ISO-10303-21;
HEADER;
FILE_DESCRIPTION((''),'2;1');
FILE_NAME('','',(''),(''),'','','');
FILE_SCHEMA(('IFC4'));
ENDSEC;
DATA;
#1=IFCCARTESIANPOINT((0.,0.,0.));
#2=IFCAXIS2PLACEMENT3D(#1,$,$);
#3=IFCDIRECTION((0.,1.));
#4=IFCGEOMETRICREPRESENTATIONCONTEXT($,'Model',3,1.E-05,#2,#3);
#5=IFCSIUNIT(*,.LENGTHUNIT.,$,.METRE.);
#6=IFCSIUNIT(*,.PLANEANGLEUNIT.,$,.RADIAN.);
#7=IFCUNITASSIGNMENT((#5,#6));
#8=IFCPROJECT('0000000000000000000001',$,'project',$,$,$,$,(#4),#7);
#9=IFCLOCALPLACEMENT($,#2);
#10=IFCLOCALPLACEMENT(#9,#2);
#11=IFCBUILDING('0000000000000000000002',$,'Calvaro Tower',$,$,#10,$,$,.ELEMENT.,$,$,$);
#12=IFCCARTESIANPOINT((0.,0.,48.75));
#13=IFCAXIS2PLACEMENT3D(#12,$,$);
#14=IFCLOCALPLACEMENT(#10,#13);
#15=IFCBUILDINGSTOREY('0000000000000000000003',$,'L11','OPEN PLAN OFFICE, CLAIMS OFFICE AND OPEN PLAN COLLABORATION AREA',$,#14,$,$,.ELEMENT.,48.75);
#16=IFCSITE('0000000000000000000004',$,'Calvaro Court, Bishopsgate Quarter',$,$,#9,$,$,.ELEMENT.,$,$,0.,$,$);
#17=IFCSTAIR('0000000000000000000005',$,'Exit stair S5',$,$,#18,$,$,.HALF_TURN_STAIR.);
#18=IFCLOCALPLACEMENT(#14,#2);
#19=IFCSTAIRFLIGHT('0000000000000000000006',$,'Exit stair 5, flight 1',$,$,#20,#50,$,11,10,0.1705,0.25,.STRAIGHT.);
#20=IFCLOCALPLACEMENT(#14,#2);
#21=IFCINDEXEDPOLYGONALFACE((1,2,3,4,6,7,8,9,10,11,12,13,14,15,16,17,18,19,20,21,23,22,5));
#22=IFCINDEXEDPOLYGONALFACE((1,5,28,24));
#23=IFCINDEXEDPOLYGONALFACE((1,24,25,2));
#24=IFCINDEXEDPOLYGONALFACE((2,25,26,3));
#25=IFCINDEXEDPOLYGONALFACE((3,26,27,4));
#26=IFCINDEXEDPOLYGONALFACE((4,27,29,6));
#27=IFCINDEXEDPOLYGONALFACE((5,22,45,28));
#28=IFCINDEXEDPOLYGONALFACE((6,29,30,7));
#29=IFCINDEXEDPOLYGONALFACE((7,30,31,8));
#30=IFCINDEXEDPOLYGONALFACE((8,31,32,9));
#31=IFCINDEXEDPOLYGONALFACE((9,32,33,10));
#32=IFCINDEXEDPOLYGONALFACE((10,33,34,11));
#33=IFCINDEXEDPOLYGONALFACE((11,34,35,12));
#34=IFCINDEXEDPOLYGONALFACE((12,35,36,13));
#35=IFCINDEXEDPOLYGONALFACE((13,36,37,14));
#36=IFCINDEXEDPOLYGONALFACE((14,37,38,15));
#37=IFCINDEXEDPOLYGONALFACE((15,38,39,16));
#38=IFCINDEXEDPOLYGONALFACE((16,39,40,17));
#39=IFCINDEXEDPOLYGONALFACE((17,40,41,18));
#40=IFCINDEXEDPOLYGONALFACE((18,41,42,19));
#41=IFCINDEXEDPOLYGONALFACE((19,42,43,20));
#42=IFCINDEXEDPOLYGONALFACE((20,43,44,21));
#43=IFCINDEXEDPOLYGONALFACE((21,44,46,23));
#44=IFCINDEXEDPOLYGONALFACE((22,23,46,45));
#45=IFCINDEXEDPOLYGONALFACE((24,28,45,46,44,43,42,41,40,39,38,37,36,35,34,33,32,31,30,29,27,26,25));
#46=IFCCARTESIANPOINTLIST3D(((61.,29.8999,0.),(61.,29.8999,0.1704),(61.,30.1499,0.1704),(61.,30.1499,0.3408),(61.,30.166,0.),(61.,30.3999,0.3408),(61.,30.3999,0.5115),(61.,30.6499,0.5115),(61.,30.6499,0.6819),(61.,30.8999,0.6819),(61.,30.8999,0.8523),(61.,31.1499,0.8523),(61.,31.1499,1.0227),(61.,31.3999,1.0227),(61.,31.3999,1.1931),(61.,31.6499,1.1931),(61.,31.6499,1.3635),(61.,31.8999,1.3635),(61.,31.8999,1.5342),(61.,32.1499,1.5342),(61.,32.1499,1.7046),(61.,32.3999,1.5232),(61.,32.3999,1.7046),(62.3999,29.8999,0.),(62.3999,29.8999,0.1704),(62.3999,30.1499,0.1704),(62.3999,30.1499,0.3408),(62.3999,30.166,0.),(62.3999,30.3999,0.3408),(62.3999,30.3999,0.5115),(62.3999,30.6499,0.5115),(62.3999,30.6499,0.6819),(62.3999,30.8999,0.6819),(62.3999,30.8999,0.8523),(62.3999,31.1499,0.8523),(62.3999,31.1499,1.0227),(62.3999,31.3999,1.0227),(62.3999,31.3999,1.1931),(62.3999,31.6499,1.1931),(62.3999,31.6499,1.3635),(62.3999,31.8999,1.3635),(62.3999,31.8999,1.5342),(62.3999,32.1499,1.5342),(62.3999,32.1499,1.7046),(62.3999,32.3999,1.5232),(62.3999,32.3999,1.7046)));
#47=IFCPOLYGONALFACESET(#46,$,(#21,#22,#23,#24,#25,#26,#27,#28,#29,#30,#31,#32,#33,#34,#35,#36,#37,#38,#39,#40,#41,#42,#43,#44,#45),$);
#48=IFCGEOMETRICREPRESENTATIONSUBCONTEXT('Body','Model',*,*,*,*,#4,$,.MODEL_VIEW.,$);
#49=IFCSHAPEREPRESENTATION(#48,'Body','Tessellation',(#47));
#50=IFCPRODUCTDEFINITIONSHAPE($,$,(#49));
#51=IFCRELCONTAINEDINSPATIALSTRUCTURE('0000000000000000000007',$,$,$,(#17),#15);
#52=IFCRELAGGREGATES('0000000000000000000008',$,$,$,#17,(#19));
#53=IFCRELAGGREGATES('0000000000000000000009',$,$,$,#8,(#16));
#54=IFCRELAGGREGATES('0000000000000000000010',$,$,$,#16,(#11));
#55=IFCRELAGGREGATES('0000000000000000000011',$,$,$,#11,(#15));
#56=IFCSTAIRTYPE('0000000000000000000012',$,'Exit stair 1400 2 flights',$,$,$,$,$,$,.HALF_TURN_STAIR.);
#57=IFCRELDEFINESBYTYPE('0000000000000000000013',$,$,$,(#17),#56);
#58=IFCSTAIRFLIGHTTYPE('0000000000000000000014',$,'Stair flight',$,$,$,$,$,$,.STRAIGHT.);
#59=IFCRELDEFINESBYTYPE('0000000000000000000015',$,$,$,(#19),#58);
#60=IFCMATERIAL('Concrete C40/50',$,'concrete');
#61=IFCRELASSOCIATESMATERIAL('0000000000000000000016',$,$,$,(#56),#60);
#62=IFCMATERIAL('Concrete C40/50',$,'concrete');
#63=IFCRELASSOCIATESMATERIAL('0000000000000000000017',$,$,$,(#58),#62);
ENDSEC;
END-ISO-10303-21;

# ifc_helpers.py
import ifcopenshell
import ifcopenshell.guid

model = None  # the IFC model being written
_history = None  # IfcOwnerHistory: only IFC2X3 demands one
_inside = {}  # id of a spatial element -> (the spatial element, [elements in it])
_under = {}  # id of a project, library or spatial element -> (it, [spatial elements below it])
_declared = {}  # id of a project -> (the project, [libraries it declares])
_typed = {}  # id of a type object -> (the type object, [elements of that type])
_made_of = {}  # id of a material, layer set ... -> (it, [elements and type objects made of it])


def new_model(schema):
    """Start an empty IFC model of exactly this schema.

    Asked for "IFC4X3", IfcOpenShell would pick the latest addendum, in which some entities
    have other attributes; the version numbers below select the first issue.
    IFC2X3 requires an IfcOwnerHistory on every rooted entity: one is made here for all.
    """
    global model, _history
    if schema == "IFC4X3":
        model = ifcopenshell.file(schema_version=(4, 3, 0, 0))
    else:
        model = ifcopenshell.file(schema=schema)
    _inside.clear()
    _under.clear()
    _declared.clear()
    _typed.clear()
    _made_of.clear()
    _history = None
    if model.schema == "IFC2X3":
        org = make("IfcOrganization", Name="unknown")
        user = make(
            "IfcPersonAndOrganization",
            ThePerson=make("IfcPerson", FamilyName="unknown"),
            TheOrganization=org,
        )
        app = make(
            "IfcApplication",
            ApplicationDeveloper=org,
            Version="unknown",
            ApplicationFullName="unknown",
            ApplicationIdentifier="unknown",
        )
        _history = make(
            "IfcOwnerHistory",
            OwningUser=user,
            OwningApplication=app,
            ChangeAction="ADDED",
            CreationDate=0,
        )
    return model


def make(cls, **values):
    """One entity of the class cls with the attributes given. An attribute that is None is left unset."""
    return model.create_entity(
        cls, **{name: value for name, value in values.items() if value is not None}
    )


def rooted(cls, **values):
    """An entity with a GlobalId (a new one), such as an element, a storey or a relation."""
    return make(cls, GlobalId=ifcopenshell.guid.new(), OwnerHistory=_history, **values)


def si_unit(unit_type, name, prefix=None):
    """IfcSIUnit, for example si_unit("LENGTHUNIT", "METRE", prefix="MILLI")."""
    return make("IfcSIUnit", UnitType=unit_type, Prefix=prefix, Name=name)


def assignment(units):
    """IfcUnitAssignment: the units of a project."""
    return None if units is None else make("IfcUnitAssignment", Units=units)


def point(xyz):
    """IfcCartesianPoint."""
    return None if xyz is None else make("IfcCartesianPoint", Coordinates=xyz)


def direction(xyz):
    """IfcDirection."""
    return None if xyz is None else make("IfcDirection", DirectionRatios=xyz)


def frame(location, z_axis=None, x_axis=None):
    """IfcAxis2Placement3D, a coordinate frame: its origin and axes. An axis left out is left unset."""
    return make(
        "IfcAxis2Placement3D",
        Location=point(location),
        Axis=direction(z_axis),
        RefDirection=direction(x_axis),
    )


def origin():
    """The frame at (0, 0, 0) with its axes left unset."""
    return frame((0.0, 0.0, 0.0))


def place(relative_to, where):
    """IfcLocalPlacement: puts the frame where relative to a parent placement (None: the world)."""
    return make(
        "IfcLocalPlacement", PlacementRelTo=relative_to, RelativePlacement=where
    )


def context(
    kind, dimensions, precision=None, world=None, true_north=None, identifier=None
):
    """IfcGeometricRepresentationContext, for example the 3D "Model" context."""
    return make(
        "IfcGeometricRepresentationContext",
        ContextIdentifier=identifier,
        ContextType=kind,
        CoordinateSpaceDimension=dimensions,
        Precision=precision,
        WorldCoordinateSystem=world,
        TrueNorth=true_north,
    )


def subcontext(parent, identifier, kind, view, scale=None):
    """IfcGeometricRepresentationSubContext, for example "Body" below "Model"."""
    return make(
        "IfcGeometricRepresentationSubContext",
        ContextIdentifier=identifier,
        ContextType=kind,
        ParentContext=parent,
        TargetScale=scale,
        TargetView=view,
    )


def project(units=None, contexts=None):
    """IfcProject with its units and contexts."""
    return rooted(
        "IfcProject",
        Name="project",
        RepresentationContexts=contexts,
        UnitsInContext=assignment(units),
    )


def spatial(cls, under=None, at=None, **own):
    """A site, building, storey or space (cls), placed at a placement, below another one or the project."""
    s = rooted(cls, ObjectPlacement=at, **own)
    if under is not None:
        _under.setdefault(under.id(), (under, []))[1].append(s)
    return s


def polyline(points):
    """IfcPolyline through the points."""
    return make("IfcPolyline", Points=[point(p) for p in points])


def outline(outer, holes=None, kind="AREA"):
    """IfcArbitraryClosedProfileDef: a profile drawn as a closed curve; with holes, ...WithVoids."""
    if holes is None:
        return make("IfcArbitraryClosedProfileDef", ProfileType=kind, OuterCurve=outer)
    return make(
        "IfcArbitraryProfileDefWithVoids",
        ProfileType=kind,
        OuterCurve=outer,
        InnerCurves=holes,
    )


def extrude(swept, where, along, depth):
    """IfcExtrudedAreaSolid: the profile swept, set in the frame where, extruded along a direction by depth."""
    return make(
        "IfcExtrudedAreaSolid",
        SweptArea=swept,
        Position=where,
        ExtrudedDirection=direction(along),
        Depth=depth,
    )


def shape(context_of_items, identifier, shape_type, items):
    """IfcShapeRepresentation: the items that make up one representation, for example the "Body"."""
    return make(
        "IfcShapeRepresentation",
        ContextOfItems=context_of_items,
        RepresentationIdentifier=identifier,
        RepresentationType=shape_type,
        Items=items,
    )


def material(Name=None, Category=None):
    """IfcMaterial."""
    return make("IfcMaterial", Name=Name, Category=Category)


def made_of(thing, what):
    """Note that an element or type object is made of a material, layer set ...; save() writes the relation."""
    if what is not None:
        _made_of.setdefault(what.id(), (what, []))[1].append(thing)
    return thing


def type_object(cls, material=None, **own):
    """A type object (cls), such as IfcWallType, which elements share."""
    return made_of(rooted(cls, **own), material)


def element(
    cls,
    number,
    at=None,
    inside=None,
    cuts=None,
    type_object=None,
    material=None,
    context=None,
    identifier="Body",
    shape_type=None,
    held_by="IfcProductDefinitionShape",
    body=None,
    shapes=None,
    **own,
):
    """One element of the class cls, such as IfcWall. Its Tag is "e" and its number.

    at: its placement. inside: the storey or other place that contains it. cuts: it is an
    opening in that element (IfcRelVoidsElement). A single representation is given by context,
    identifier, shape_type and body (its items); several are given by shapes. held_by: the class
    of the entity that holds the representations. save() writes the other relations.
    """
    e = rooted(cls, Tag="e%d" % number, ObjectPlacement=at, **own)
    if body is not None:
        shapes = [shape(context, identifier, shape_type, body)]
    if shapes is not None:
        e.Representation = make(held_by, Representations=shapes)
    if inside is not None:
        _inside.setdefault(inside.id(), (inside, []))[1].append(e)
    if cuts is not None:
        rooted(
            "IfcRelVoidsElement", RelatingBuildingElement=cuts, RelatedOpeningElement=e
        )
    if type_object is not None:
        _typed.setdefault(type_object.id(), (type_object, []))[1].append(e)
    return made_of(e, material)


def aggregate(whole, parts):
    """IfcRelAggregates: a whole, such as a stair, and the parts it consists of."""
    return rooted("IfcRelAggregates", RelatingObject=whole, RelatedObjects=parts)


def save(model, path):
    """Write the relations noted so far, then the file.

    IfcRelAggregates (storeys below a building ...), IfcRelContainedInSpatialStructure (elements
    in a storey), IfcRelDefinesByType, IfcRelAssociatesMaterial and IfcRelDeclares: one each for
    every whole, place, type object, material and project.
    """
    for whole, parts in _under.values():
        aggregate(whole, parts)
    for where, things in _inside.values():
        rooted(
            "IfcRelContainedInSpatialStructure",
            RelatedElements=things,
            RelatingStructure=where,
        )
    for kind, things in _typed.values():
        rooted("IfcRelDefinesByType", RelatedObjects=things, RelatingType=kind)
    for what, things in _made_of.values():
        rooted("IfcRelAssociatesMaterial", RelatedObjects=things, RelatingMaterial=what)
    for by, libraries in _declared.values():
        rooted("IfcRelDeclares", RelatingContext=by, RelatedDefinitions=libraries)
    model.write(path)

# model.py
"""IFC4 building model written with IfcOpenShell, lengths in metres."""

from ifc_helpers import new_model, si_unit, direction, frame, origin, place, context, subcontext, project, spatial, polyline, outline, extrude, material, type_object, element, aggregate, save


model = new_model("IFC4")

# Units and contexts
model_context = context("Model", 3, precision=1e-05, world=origin(), true_north=direction((0.0, 1.0)))
body_context = subcontext(model_context, "Body", "Model", "MODEL_VIEW")
ifc_project = project(units=[si_unit("LENGTHUNIT", "METRE"), si_unit("PLANEANGLEUNIT", "RADIAN")], contexts=[model_context])

# Site, building, storey
site_placement = place(None, origin())
site = spatial("IfcSite", under=ifc_project, at=site_placement, Name="Calvaro Court, Bishopsgate Quarter", CompositionType="ELEMENT", RefElevation=0.0)
building_placement = place(site_placement, origin())
building = spatial("IfcBuilding", under=site, at=building_placement, Name="Calvaro Tower", CompositionType="ELEMENT")
storey_placement = place(building_placement, frame((0.0, 0.0, 48.75)))
storey = spatial("IfcBuildingStorey", under=building, at=storey_placement, Name="L11", Description="OPEN PLAN OFFICE, CLAIMS OFFICE AND OPEN PLAN COLLABORATION AREA", CompositionType="ELEMENT", Elevation=48.75)

# Stair, stair flight
ifc_material_1 = material(Name="Concrete C40/50", Category="concrete")
stair_type = type_object("IfcStairType", Name="Exit stair 1400 2 flights", PredefinedType="HALF_TURN_STAIR", material=ifc_material_1)
stair_placement = place(storey_placement, origin())
stair = element("IfcStair", 1, at=stair_placement, inside=storey, type_object=stair_type, Name="Exit stair S5", PredefinedType="HALF_TURN_STAIR")
ifc_material_2 = material(Name="Concrete C40/50", Category="concrete")
stair_flight_type = type_object("IfcStairFlightType", Name="Stair flight", PredefinedType="STRAIGHT", material=ifc_material_2)
stair_flight_placement = place(storey_placement, frame((61.7, 29.8999, 0.0), z_axis=(0.0, 0.0, 1.0), x_axis=(0.0, 1.0, 0.0)))
stair_flight = element("IfcStairFlight", 2, at=stair_flight_placement, type_object=stair_flight_type, Name="Exit stair 5, flight 1", NumberOfRisers=11, NumberOfTreads=10, PredefinedType="STRAIGHT", RiserHeight=0.1705, TreadLength=0.25, context=body_context, shape_type="SweptSolid", body=[
    extrude(outline(polyline([(0.0, 0.0), (0.0, 0.1704), (0.25, 0.1704), (0.25, 0.3408), (0.5, 0.3408), (0.5, 0.5115), (0.75, 0.5115), (0.75, 0.6819), (1.0, 0.6819), (1.0, 0.8523), (1.25, 0.8523), (1.25, 1.0227), (1.5, 1.0227), (1.5, 1.1931), (1.75, 1.1931), (1.75, 1.3635), (2.0, 1.3635), (2.0, 1.5342), (2.25, 1.5342), (2.25, 1.7046), (2.5, 1.7046), (2.5, 1.875), (2.5, 1.5232), (0.2661, 0.0), (0.0, 0.0)])), frame((0.0, 0.7, 0.0), z_axis=(0.0, -1.0, 0.0), x_axis=(1.0, 0.0, 0.0)), (0.0, 0.0, 1.0), 1.3999),
])
aggregate(stair, [stair_flight])

save(model, "model.ifc")
